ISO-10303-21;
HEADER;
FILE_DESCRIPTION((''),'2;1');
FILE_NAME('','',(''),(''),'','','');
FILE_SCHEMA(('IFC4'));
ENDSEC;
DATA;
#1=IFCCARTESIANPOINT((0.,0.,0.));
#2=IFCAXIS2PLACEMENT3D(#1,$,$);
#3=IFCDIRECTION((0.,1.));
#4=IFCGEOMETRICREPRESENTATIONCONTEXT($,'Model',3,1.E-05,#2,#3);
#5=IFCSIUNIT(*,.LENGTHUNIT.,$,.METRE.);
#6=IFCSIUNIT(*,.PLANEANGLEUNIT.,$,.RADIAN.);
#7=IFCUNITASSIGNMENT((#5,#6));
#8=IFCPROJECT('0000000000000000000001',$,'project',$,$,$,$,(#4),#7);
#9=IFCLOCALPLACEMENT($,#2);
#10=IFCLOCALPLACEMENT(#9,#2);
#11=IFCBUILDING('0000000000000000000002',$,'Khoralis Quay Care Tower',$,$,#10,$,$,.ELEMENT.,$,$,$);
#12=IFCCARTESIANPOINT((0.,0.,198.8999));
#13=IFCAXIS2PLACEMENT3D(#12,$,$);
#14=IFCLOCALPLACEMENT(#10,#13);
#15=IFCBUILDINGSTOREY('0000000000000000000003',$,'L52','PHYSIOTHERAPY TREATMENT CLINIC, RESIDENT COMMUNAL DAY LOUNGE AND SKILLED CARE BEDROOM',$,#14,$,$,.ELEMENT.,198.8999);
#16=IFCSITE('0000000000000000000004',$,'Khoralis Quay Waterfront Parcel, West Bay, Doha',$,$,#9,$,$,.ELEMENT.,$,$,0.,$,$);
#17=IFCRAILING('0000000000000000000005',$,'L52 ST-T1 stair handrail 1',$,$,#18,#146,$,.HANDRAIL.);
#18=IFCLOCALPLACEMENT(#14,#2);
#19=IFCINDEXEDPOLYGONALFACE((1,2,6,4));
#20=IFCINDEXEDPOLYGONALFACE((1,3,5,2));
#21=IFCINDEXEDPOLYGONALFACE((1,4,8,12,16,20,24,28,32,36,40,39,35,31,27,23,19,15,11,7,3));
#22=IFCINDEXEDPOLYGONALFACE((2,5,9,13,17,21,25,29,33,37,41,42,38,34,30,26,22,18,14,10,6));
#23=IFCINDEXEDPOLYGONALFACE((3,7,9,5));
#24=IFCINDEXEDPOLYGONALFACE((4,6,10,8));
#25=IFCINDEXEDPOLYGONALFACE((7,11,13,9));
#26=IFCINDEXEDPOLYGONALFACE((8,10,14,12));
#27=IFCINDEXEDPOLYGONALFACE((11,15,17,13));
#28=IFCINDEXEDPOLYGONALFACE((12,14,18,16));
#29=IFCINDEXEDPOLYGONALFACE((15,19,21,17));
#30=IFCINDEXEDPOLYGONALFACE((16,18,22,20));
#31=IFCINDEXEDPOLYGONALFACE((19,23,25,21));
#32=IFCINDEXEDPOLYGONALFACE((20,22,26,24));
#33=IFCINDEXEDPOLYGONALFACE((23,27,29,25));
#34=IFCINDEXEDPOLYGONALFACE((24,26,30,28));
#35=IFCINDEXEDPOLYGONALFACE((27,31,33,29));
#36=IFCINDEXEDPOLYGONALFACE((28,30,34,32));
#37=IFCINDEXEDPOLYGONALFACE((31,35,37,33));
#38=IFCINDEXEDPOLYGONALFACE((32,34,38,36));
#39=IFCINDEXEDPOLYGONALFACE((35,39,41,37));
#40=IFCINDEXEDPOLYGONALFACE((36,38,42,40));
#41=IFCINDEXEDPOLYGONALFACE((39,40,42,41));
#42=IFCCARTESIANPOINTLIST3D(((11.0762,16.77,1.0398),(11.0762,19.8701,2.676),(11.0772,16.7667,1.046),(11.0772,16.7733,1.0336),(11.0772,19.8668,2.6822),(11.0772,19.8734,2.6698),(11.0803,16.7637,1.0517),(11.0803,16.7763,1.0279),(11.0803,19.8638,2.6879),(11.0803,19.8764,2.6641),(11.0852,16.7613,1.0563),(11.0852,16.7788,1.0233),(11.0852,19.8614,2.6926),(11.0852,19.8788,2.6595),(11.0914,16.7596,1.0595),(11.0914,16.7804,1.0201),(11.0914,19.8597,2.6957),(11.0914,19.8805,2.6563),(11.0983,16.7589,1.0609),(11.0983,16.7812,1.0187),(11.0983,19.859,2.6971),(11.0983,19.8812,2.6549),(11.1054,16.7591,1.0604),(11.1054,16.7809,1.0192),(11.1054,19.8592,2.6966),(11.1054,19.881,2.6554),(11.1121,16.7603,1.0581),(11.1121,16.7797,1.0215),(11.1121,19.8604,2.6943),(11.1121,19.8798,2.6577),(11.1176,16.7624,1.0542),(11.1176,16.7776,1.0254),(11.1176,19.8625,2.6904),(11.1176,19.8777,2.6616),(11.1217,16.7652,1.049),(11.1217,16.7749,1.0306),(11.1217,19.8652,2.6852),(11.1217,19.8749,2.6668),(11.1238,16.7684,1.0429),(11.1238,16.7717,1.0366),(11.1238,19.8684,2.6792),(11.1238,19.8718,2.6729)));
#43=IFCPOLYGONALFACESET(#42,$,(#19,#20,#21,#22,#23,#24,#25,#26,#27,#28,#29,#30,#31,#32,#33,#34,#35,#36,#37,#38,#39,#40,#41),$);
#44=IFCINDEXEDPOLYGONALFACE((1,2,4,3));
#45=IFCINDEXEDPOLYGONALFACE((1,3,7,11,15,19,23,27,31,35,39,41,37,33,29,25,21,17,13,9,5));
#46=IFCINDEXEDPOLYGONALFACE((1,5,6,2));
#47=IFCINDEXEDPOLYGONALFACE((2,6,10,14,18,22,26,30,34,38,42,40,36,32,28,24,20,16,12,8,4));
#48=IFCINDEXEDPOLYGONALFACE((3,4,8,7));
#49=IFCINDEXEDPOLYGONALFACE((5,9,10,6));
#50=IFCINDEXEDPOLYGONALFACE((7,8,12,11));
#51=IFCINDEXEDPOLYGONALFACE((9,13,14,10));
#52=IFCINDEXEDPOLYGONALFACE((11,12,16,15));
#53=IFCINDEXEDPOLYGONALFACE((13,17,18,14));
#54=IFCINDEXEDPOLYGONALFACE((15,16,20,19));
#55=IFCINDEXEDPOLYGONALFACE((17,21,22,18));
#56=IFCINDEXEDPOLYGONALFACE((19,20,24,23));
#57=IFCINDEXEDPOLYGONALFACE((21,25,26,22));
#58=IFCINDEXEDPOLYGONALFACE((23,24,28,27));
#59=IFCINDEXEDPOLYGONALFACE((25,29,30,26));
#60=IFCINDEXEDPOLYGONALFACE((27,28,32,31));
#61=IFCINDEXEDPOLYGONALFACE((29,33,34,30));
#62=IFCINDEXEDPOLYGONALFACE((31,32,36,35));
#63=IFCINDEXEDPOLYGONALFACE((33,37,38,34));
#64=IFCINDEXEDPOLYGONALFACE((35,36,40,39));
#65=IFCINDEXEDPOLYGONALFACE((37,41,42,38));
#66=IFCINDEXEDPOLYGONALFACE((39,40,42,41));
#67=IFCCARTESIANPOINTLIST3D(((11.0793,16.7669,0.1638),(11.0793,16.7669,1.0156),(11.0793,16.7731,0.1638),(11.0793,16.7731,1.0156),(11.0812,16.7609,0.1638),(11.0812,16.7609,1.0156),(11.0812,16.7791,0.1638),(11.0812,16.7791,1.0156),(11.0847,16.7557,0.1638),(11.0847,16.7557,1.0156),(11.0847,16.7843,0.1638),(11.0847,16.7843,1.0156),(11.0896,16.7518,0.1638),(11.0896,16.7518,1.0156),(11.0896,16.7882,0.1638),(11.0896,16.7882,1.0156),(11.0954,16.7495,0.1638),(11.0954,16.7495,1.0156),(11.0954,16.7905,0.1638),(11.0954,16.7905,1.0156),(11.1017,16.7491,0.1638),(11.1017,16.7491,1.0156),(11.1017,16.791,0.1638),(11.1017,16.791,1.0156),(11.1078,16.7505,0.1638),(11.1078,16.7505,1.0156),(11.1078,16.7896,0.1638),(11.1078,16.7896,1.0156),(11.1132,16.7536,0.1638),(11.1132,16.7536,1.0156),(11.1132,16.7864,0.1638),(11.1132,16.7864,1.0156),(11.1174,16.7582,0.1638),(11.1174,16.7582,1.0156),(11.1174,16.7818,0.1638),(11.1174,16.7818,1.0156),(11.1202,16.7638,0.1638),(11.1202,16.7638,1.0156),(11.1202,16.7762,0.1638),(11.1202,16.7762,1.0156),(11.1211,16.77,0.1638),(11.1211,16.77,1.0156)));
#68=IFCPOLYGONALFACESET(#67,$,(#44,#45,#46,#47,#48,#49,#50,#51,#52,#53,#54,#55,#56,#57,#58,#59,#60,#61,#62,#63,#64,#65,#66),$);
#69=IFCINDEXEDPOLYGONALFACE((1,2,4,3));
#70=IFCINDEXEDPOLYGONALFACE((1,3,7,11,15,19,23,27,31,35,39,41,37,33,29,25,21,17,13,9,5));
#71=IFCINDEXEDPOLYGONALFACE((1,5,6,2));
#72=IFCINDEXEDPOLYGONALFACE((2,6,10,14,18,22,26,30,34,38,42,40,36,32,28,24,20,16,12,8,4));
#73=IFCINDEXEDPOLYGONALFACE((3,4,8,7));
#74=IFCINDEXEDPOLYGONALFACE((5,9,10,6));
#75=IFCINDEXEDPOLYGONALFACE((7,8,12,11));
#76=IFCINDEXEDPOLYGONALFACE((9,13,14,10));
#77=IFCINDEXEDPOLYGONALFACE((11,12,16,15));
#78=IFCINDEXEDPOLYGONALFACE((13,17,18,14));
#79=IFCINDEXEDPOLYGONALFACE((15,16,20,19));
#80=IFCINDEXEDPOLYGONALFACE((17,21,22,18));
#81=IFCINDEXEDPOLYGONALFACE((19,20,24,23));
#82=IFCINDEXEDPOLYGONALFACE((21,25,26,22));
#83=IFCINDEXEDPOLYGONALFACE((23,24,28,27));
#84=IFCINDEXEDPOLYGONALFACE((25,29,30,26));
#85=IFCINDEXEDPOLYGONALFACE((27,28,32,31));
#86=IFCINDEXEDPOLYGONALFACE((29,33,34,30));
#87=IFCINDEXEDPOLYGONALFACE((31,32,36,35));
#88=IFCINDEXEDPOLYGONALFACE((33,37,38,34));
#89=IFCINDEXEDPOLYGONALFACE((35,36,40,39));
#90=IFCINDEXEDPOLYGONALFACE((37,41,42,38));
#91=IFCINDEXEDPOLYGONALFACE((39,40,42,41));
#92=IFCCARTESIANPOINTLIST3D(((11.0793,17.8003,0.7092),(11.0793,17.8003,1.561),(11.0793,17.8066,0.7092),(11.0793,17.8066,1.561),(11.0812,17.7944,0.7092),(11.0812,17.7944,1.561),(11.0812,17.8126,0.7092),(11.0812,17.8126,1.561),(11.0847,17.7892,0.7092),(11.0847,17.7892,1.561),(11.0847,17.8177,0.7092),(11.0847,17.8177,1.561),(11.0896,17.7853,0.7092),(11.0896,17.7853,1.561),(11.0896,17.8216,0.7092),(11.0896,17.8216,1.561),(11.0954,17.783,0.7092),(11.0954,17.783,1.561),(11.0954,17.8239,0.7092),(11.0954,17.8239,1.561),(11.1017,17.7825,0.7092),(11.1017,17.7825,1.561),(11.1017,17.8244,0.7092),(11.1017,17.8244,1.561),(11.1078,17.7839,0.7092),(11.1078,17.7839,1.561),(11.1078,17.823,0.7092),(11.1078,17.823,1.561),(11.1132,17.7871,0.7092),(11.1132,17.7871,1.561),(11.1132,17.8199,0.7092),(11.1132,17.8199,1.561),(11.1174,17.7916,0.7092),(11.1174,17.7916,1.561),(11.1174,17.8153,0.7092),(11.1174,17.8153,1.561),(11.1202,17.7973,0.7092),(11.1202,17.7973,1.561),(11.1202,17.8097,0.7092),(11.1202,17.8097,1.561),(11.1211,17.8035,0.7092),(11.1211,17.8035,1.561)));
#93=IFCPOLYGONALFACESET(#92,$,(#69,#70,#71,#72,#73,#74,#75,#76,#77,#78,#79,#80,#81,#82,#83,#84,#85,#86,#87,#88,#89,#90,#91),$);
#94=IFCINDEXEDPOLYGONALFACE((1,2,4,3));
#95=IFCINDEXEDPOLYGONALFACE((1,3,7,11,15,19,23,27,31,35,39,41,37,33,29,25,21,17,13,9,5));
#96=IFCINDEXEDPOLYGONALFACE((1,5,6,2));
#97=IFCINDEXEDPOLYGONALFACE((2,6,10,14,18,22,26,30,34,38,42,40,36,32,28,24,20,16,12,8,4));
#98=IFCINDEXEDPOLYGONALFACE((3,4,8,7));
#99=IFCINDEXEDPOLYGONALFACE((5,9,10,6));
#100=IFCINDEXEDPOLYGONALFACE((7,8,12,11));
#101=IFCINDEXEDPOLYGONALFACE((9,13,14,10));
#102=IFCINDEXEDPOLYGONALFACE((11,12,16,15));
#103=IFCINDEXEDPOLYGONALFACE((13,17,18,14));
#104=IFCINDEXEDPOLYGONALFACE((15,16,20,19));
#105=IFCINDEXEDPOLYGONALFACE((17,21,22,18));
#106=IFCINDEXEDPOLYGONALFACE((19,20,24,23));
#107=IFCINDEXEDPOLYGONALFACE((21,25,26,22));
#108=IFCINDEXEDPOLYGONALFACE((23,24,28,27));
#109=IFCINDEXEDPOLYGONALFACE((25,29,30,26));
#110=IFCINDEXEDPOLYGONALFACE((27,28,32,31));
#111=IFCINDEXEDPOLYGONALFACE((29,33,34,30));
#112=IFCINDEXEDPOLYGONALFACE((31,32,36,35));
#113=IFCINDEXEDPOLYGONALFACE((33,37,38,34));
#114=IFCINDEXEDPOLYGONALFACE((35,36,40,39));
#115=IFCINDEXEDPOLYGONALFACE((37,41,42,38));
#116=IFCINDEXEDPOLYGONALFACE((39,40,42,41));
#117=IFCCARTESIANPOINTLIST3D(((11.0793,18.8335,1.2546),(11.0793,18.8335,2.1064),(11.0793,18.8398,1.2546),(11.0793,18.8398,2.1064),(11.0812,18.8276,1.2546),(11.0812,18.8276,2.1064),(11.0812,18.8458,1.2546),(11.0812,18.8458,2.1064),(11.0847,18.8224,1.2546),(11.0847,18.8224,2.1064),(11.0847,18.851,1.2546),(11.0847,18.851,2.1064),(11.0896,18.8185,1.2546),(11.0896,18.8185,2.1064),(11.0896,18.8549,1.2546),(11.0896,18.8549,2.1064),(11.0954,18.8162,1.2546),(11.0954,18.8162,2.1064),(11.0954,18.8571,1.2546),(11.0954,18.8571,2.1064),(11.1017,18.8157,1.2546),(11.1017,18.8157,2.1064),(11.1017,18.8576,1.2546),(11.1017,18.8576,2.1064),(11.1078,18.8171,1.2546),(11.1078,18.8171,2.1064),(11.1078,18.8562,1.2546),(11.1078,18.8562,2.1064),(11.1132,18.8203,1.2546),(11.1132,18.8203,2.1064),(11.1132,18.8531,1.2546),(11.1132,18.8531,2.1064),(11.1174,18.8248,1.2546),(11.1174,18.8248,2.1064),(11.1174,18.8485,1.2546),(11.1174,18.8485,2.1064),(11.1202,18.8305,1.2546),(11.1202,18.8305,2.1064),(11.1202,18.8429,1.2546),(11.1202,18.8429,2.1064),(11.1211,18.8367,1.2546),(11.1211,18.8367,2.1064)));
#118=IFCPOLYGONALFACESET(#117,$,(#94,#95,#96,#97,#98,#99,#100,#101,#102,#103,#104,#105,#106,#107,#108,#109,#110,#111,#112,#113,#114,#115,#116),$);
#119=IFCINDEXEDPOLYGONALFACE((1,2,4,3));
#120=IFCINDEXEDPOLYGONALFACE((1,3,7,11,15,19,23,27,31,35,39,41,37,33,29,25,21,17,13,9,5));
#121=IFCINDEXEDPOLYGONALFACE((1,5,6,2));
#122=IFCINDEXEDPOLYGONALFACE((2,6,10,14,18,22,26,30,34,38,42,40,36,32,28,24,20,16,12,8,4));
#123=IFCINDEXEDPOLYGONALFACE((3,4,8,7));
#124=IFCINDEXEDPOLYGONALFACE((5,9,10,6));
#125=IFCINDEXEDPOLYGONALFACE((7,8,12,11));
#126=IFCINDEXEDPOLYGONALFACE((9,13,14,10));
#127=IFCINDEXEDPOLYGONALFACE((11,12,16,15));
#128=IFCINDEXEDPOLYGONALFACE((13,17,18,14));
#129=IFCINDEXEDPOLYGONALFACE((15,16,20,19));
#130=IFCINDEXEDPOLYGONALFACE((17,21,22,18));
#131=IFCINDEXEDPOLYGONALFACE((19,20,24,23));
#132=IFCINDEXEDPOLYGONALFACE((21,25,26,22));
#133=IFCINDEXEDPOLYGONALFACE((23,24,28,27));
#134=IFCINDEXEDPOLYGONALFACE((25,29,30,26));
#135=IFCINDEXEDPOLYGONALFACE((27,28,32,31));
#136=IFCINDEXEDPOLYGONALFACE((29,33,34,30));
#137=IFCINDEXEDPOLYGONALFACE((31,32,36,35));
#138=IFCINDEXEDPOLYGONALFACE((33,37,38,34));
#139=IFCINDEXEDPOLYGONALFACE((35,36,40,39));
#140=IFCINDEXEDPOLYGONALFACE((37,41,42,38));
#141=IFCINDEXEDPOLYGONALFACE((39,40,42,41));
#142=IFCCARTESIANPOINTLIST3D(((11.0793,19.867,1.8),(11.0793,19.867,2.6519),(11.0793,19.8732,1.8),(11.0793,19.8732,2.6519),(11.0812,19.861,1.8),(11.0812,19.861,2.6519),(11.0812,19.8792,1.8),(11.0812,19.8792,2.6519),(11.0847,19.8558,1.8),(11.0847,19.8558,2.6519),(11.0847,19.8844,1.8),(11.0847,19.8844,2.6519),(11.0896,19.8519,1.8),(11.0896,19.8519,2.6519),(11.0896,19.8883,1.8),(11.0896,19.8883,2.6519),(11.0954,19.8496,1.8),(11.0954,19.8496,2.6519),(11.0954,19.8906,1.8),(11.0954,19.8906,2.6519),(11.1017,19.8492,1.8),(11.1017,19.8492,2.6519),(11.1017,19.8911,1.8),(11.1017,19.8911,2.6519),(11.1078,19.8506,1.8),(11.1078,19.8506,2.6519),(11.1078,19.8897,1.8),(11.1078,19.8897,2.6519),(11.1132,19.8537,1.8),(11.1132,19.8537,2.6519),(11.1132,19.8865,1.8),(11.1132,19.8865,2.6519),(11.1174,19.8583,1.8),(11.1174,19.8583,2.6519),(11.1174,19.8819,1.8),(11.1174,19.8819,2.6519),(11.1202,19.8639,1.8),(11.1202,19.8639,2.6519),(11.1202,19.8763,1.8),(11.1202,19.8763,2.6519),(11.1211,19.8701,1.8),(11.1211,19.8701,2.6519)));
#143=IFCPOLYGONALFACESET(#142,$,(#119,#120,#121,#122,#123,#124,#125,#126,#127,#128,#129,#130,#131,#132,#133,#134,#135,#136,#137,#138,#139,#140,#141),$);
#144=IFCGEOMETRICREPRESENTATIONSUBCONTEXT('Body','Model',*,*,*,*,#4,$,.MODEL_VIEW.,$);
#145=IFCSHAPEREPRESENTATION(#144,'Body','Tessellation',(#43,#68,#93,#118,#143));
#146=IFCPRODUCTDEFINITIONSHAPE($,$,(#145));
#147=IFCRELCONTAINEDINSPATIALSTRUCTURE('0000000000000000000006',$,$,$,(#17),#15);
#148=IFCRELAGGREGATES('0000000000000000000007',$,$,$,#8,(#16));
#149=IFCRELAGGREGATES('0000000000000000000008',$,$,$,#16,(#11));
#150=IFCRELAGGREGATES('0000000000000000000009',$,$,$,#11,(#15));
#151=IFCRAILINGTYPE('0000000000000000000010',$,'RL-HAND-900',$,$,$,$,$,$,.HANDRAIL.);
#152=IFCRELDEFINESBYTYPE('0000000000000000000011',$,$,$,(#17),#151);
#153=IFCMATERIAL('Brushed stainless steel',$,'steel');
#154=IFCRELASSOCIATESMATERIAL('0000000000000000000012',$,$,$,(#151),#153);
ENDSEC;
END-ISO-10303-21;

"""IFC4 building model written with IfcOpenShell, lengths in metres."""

from ifc_helpers import new_model, si_unit, direction, frame, origin, origin_2d, place, context, subcontext, project, spatial, circle, extrude, material, type_object, element, save


model = new_model("IFC4")

# Units and contexts
model_context = context("Model", 3, precision=1e-05, world=origin(), true_north=direction((0.0, 1.0)))
body_context = subcontext(model_context, "Body", "Model", "MODEL_VIEW")
ifc_project = project(units=[si_unit("LENGTHUNIT", "METRE"), si_unit("PLANEANGLEUNIT", "RADIAN")], contexts=[model_context])

# Site, building, storey
site_placement = place(None, origin())
site = spatial("IfcSite", under=ifc_project, at=site_placement, Name="Khoralis Quay Waterfront Parcel, West Bay, Doha", CompositionType="ELEMENT", RefElevation=0.0)
building_placement = place(site_placement, origin())
building = spatial("IfcBuilding", under=site, at=building_placement, Name="Khoralis Quay Care Tower", CompositionType="ELEMENT")
storey_placement = place(building_placement, frame((0.0, 0.0, 198.8999)))
storey = spatial("IfcBuildingStorey", under=building, at=storey_placement, Name="L52", Description="PHYSIOTHERAPY TREATMENT CLINIC, RESIDENT COMMUNAL DAY LOUNGE AND SKILLED CARE BEDROOM", CompositionType="ELEMENT", Elevation=198.8999)

# Railing
ifc_material_1 = material(Name="Brushed stainless steel", Category="steel")
railing_type_1 = type_object("IfcRailingType", Name="RL-HAND-900", PredefinedType="HANDRAIL", material=ifc_material_1)
railing_1_placement = place(storey_placement, frame((11.1001, 16.77, 0.1638)))
element("IfcRailing", 1, at=railing_1_placement, inside=storey, type_object=railing_type_1, Name="L52 ST-T1 stair handrail 1", PredefinedType="HANDRAIL", context=body_context, shape_type="SweptSolid", body=[
    extrude(circle(Radius=0.0239, at=origin_2d()), frame((0.0, 0.0, 0.876), z_axis=(0.0, 0.884377, 0.466774), x_axis=(-1.0, 0.0, 0.0)), (0.0, 0.0, 1.0), 3.5054),
    extrude(circle(Radius=0.021, at=origin_2d()), origin(), (0.0, 0.0, 1.0), 0.8518),
    extrude(circle(Radius=0.021, at=origin_2d()), frame((0.0, 1.0334, 0.5454)), (0.0, 0.0, 1.0), 0.8518),
    extrude(circle(Radius=0.021, at=origin_2d()), frame((0.0, 2.0667, 1.0908)), (0.0, 0.0, 1.0), 0.8518),
    extrude(circle(Radius=0.021, at=origin_2d()), frame((0.0, 3.1001, 1.6362)), (0.0, 0.0, 1.0), 0.8518),
])

save(model, "model.ifc")
